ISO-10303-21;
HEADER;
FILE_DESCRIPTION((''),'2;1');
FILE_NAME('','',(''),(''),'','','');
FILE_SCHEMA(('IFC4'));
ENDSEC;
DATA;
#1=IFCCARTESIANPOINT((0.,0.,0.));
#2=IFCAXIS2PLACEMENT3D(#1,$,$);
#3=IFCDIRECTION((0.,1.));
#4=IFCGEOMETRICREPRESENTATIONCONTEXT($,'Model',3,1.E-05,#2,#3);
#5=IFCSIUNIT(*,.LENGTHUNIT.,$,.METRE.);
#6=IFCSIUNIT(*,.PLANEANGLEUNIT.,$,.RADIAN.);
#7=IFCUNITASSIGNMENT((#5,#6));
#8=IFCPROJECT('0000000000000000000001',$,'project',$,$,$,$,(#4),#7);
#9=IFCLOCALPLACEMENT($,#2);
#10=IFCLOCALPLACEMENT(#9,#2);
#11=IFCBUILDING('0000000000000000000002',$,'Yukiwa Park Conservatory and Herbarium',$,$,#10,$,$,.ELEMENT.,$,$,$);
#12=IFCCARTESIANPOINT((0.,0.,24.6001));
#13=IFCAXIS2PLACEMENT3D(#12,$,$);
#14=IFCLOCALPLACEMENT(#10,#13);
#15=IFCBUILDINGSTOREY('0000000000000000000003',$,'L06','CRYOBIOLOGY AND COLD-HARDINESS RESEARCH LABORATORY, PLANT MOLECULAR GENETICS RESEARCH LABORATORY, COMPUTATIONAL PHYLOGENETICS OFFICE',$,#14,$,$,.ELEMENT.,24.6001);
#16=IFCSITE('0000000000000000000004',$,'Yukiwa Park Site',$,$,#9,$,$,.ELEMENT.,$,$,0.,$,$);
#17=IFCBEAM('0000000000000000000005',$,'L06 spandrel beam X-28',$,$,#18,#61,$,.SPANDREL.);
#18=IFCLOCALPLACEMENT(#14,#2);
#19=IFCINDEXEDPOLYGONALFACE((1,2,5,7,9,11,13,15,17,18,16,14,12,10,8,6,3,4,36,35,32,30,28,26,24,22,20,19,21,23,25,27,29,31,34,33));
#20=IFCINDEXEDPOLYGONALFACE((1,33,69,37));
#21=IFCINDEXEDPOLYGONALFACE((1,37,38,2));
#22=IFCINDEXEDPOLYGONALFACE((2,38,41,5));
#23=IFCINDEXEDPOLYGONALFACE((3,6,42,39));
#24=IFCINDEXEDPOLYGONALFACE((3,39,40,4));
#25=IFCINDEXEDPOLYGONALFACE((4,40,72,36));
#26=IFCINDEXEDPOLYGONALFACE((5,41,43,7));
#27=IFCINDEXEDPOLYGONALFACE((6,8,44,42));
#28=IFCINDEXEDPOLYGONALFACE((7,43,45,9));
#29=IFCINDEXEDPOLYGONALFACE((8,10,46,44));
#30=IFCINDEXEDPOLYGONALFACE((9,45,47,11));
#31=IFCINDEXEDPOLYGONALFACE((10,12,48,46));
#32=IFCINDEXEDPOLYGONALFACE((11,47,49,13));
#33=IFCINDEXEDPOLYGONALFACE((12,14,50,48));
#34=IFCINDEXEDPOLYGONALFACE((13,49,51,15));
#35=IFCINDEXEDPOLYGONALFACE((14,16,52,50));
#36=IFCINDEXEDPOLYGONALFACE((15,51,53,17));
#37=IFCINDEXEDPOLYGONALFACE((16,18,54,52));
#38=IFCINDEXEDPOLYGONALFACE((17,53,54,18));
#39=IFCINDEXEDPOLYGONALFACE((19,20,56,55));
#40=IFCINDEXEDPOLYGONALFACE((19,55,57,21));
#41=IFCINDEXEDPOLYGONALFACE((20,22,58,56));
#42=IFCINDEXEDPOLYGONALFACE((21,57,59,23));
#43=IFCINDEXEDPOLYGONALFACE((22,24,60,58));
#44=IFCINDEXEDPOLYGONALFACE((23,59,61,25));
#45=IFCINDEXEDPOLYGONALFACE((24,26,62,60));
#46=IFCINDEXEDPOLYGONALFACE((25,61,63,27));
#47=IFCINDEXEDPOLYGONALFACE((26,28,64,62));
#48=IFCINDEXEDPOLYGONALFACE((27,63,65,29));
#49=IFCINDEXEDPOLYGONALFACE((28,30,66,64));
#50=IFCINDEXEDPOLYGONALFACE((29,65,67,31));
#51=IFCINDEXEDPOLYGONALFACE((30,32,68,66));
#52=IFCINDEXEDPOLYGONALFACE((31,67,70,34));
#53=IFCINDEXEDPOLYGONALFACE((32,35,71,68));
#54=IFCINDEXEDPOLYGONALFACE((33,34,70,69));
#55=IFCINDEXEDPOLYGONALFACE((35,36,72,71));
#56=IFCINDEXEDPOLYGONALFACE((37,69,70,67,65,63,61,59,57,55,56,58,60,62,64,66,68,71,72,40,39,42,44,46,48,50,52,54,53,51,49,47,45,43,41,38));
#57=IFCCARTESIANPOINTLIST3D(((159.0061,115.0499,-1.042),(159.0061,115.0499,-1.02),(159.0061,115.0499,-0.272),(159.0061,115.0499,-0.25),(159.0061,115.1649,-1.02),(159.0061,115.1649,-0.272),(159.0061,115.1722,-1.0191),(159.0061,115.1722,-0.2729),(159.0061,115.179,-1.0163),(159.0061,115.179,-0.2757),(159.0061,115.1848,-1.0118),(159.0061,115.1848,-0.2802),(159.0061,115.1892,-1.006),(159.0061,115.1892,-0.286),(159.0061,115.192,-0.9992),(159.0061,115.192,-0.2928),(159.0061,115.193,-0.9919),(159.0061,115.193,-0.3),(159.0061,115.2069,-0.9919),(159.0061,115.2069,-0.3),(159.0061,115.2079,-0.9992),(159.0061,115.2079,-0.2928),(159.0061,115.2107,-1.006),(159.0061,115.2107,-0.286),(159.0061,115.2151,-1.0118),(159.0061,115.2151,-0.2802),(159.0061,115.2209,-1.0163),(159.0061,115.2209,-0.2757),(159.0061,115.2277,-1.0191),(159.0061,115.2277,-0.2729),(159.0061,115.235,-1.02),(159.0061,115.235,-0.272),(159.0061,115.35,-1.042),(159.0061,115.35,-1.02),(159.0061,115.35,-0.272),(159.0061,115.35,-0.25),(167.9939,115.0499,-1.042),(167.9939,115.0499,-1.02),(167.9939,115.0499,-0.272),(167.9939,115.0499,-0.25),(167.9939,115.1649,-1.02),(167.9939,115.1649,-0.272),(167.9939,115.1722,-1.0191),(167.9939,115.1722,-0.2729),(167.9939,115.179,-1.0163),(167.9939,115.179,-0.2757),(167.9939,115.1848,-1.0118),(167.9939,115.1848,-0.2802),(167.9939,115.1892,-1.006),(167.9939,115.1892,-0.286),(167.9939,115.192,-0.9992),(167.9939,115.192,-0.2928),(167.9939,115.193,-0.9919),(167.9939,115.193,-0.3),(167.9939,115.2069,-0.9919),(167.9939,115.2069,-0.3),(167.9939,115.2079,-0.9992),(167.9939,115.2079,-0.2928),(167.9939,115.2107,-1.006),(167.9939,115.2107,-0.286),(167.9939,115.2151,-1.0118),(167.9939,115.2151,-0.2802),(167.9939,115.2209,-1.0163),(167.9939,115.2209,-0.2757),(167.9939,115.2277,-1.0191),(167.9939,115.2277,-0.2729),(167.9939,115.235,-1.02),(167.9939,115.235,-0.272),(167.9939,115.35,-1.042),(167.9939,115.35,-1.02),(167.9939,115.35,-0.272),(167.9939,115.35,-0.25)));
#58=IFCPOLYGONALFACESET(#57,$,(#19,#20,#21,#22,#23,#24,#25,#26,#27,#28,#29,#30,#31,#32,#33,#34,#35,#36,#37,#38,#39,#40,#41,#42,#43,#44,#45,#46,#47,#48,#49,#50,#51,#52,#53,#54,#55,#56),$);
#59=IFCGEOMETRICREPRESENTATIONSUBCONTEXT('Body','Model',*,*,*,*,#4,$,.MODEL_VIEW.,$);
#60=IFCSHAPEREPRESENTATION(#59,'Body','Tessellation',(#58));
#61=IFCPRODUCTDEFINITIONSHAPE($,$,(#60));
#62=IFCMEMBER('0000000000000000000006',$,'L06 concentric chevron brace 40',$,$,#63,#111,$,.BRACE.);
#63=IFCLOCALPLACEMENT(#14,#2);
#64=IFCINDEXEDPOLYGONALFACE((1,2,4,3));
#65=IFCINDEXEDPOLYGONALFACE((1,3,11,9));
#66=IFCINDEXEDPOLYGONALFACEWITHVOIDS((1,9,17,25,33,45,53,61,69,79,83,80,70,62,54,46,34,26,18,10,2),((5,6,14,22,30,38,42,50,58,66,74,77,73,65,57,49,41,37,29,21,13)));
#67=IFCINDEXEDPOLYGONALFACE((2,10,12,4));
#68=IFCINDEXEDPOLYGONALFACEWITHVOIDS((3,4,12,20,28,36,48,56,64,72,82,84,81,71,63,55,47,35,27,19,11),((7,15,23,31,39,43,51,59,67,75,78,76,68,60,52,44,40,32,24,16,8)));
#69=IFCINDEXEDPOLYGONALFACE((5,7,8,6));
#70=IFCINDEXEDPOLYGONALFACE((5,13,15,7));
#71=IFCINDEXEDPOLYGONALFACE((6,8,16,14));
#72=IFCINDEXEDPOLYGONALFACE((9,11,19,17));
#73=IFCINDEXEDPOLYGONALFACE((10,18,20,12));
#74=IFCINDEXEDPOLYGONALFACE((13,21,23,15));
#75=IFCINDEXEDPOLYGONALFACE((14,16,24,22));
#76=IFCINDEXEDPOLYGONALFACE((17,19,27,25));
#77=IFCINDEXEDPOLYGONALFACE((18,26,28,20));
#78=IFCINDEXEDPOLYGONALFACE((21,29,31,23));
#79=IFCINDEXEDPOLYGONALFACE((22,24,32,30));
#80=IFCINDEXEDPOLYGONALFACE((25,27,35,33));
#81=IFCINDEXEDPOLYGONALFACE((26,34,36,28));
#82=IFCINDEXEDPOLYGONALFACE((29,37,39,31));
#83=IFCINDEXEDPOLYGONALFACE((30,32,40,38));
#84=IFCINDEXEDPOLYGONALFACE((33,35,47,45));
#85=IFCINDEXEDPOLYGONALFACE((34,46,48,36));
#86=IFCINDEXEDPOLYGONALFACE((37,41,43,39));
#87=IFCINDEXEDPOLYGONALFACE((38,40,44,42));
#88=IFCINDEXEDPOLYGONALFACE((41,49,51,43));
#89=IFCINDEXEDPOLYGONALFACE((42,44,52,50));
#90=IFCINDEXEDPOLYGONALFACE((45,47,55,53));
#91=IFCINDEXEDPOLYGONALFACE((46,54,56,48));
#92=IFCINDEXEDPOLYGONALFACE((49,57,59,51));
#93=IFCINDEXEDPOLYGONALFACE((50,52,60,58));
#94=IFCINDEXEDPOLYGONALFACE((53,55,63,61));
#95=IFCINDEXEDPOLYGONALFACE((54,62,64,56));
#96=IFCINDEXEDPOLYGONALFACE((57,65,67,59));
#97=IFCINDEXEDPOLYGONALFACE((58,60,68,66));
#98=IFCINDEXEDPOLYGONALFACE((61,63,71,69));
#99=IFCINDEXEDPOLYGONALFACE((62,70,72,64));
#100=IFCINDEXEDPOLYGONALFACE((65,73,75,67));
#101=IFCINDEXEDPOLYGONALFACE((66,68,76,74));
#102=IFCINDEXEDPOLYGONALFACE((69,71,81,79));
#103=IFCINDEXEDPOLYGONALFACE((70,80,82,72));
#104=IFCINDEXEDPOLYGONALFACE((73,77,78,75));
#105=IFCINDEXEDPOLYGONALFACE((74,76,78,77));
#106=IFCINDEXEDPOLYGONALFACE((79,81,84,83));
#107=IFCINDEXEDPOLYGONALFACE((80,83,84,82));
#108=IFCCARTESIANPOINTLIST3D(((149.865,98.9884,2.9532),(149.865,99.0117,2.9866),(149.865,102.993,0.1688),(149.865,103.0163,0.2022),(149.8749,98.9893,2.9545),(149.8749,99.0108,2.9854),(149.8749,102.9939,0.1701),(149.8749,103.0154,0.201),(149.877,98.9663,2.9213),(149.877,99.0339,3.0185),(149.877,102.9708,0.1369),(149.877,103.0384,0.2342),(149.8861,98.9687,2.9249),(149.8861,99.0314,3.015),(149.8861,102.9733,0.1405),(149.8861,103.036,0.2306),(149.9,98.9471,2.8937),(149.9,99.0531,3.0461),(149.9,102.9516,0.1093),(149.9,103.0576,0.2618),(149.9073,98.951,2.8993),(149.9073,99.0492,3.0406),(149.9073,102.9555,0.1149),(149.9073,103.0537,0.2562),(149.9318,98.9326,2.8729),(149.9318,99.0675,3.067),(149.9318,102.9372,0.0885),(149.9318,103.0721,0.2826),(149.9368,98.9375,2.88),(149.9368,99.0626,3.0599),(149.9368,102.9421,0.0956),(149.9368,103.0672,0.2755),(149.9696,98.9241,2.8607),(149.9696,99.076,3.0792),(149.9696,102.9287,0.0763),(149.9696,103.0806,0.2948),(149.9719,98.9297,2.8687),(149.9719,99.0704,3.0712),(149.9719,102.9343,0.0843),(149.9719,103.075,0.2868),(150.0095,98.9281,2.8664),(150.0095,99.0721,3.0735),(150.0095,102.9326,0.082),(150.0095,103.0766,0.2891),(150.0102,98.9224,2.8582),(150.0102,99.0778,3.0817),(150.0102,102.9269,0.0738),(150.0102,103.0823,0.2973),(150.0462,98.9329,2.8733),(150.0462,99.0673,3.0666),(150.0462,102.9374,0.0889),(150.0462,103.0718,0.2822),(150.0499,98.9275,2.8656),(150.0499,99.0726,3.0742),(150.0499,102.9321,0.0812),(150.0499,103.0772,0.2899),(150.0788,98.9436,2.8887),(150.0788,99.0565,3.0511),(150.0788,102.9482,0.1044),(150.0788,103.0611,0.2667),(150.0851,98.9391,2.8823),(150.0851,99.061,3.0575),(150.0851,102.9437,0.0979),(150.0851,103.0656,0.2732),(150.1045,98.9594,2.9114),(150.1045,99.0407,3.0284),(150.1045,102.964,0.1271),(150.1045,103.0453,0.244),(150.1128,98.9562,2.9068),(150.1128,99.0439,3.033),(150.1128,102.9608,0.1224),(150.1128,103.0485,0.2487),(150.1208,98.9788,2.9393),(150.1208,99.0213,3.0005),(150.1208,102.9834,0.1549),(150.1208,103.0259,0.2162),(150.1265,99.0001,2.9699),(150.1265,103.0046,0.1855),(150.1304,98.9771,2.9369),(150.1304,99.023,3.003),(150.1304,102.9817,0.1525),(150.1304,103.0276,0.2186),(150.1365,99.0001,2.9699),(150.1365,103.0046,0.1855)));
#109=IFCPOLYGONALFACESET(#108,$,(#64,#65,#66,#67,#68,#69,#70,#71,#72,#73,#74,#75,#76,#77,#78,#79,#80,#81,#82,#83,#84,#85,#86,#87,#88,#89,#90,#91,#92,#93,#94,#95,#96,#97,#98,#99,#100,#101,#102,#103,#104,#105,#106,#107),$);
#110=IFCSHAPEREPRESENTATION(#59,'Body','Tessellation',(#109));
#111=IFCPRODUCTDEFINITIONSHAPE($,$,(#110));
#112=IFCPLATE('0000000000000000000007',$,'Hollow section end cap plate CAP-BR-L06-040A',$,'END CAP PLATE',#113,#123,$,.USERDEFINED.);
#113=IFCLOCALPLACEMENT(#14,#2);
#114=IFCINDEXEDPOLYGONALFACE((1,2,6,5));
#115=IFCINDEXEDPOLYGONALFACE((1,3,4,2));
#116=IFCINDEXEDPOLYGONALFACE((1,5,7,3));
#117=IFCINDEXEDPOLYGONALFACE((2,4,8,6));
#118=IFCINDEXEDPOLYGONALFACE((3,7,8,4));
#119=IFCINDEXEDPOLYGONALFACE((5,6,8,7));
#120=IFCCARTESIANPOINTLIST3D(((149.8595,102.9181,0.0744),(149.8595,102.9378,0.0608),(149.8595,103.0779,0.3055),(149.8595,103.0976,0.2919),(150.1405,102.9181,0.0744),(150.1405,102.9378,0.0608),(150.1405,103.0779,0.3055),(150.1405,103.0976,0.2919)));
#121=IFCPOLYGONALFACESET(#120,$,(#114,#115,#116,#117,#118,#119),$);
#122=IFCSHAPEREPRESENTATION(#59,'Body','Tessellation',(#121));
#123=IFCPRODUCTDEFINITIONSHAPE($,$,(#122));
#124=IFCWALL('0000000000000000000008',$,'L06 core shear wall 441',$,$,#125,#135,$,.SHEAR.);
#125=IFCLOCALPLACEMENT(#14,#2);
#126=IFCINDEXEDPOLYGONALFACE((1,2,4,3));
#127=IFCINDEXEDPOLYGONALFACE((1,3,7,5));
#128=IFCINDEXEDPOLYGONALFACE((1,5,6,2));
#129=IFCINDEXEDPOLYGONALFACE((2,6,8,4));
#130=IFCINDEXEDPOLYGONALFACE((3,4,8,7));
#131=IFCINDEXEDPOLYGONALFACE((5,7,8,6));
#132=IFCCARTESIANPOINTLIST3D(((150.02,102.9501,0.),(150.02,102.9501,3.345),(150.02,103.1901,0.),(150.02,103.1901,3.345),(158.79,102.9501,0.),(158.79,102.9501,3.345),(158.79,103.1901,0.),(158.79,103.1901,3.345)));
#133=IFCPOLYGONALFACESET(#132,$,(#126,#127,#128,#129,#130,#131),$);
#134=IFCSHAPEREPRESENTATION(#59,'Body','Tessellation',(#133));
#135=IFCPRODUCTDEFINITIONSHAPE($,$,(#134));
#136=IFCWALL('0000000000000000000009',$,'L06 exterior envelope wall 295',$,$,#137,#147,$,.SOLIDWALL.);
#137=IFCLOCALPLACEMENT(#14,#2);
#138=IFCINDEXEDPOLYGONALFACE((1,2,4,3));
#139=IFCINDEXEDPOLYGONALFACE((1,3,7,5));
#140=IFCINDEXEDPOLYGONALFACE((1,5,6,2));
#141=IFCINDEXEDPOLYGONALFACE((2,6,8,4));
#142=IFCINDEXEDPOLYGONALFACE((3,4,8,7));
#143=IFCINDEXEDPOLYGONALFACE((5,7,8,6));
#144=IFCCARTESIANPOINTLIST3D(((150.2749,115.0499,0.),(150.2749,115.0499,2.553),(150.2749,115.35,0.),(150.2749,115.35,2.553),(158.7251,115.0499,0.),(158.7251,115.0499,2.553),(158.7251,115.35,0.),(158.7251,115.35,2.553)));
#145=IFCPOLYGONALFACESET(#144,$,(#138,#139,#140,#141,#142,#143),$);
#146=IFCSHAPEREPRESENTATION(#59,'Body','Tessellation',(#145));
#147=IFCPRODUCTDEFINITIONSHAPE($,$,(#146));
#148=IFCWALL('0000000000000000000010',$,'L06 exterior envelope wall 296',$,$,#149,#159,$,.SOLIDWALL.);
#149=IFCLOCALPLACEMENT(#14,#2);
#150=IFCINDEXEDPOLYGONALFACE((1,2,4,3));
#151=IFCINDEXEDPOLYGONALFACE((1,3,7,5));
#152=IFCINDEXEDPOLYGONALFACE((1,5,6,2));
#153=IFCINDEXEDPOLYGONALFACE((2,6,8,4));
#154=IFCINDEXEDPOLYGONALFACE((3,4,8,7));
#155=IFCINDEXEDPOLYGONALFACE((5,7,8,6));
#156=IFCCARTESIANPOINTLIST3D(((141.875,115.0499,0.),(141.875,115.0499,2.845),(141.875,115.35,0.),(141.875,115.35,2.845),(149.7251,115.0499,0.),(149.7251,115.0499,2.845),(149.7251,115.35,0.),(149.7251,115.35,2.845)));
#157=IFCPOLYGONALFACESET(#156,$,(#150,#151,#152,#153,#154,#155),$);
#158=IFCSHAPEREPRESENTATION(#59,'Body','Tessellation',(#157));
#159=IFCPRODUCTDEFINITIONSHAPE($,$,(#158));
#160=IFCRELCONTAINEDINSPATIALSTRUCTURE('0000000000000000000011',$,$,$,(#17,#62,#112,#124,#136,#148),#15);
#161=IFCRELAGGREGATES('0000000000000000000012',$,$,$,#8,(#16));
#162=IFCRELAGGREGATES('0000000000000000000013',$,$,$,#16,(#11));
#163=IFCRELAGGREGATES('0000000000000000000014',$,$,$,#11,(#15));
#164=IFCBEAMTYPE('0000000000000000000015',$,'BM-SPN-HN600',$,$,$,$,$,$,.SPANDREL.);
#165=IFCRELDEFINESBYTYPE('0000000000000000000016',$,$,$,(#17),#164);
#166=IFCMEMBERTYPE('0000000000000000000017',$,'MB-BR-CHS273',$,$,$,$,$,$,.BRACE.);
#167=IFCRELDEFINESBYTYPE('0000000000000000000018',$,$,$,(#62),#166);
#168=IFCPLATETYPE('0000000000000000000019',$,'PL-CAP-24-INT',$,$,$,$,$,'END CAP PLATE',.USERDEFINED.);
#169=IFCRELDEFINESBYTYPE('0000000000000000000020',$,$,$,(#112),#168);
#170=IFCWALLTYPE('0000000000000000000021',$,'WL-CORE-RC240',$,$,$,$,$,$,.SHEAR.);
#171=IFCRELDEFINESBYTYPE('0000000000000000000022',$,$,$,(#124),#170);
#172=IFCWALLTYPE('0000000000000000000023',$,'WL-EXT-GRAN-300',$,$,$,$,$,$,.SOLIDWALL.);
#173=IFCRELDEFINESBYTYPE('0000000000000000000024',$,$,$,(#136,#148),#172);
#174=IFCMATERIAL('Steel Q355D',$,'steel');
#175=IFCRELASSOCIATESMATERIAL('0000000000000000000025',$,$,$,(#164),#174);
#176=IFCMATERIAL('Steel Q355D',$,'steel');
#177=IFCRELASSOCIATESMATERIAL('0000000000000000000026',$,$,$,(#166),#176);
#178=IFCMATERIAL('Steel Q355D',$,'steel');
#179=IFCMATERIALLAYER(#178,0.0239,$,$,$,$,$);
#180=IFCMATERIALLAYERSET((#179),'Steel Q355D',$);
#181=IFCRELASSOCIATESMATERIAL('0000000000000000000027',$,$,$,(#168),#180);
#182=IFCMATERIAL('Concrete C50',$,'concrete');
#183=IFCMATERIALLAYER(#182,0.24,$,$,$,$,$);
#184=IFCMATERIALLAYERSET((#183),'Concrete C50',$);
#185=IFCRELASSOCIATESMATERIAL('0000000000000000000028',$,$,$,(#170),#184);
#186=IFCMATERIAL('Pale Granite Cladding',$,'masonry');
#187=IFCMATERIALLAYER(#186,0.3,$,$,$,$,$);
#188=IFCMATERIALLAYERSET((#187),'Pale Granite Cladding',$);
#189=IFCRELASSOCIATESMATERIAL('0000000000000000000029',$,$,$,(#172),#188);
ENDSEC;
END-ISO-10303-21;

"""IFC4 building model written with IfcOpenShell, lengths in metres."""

from ifc_helpers import new_model, si_unit, direction, frame, frame_2d, origin, origin_2d, place, context, subcontext, project, spatial, rectangle, hollow_circle, i_section, extrude, material, layer, layer_set, material_profile, profile_set, type_object, element, save


model = new_model("IFC4")

# Units and contexts
model_context = context("Model", 3, precision=1e-05, world=origin(), true_north=direction((0.0, 1.0)))
body_context = subcontext(model_context, "Body", "Model", "MODEL_VIEW")
ifc_project = project(units=[si_unit("LENGTHUNIT", "METRE"), si_unit("PLANEANGLEUNIT", "RADIAN")], contexts=[model_context])

# Site, building, storey
site_placement = place(None, origin())
site = spatial("IfcSite", under=ifc_project, at=site_placement, Name="Yukiwa Park Site", CompositionType="ELEMENT", RefElevation=0.0)
building_placement = place(site_placement, origin())
building = spatial("IfcBuilding", under=site, at=building_placement, Name="Yukiwa Park Conservatory and Herbarium", CompositionType="ELEMENT")
storey_placement = place(building_placement, frame((0.0, 0.0, 24.6001)))
storey = spatial("IfcBuildingStorey", under=building, at=storey_placement, Name="L06", Description="CRYOBIOLOGY AND COLD-HARDINESS RESEARCH LABORATORY, PLANT MOLECULAR GENETICS RESEARCH LABORATORY, COMPUTATIONAL PHYLOGENETICS OFFICE", CompositionType="ELEMENT", Elevation=24.6001)

# Beam
ifc_material_1 = material(Name="Steel Q355D", Category="steel")
ifc_material_profile_1 = material_profile(ifc_material_1, i_section(OverallWidth=0.3, OverallDepth=0.792, WebThickness=0.0139, FlangeThickness=0.022, FilletRadius=0.0281, at=origin_2d()), Name="HN 792x300x14x22")
ifc_profile_set_1 = profile_set([ifc_material_profile_1], Name="Steel Q355D")
beam_type_1 = type_object("IfcBeamType", Name="BM-SPN-HN600", PredefinedType="SPANDREL", material=ifc_profile_set_1)
for number, where, z_axis, x_axis, name in (
    (1, (159.0061, 115.2, -0.646), (1.0, 0.0, 0.0), (0.0, 1.0, 0.0), "L06 spandrel beam X-28"),
):
    element("IfcBeam", number, at=place(storey_placement, frame(where, z_axis=z_axis, x_axis=x_axis)), inside=storey, type_object=beam_type_1, Name=name, PredefinedType="SPANDREL", context=body_context, shape_type="SweptSolid", body=[
        extrude(i_section(OverallWidth=0.3, OverallDepth=0.792, WebThickness=0.0139, FlangeThickness=0.022, FilletRadius=0.0281, at=origin_2d()), origin(), (0.0, 0.0, 1.0), 8.9878),
    ])

# Member
ifc_material_2 = material(Name="Steel Q355D", Category="steel")
ifc_material_profile_2 = material_profile(ifc_material_2, hollow_circle(Radius=0.1365, WallThickness=0.01, at=origin_2d()), Name="CHS 273x10")
ifc_profile_set_2 = profile_set([ifc_material_profile_2], Name="Steel Q355D")
member_type = type_object("IfcMemberType", Name="MB-BR-CHS273", PredefinedType="BRACE", material=ifc_profile_set_2)
member_placement = place(storey_placement, frame((150.0, 103.0046, 0.1855), z_axis=(0.0, -0.821041, 0.570869), x_axis=(1.0, 0.0, 0.0)))
element("IfcMember", 2, at=member_placement, inside=storey, type_object=member_type, Name="L06 concentric chevron brace 40", PredefinedType="BRACE", context=body_context, shape_type="SweptSolid", body=[
    extrude(hollow_circle(Radius=0.1365, WallThickness=0.01, at=origin_2d()), origin(), (0.0, 0.0, 1.0), 4.8774),
])

# Plate
ifc_material_3 = material(Name="Steel Q355D", Category="steel")
ifc_layer_1 = layer(ifc_material_3, 0.0239)
ifc_layer_set_1 = layer_set([ifc_layer_1], Name="Steel Q355D")
plate_type = type_object("IfcPlateType", Name="PL-CAP-24-INT", ElementType="END CAP PLATE", PredefinedType="USERDEFINED", material=ifc_layer_set_1)
plate_placement = place(storey_placement, frame((150.0, 102.998, 0.1899), z_axis=(0.0, 0.822558, -0.568682), x_axis=(-1.0, 0.0, 0.0)))
element("IfcPlate", 3, at=plate_placement, inside=storey, type_object=plate_type, Name="Hollow section end cap plate CAP-BR-L06-040A", ObjectType="END CAP PLATE", PredefinedType="USERDEFINED", context=body_context, shape_type="SweptSolid", body=[
    extrude(rectangle(XDim=0.281, YDim=0.281, at=origin_2d()), origin(), (0.0, 0.0, 1.0), 0.0239),
])

# Walls
ifc_material_4 = material(Name="Concrete C50", Category="concrete")
ifc_layer_2 = layer(ifc_material_4, 0.24)
ifc_layer_set_2 = layer_set([ifc_layer_2], Name="Concrete C50")
wall_type_1 = type_object("IfcWallType", Name="WL-CORE-RC240", PredefinedType="SHEAR", material=ifc_layer_set_2)
wall_1_placement = place(storey_placement, frame((150.02, 103.0701, 0.0), z_axis=(0.0, 0.0, 1.0), x_axis=(1.0, 0.0, 0.0)))
element("IfcWall", 4, at=wall_1_placement, inside=storey, type_object=wall_type_1, Name="L06 core shear wall 441", PredefinedType="SHEAR", context=body_context, shape_type="SweptSolid", body=[
    extrude(rectangle(XDim=8.77, YDim=0.24, at=frame_2d((4.385, 0.0))), origin(), (0.0, 0.0, 1.0), 3.345),
])
ifc_material_5 = material(Name="Pale Granite Cladding", Category="masonry")
ifc_layer_3 = layer(ifc_material_5, 0.3)
ifc_layer_set_3 = layer_set([ifc_layer_3], Name="Pale Granite Cladding")
wall_type_2 = type_object("IfcWallType", Name="WL-EXT-GRAN-300", PredefinedType="SOLIDWALL", material=ifc_layer_set_3)
wall_2_placement = place(storey_placement, frame((158.7251, 115.2, 0.0), z_axis=(0.0, 0.0, 1.0), x_axis=(-1.0, 0.0, 0.0)))
element("IfcWall", 5, at=wall_2_placement, inside=storey, type_object=wall_type_2, Name="L06 exterior envelope wall 295", PredefinedType="SOLIDWALL", context=body_context, shape_type="SweptSolid", body=[
    extrude(rectangle(XDim=8.4502, YDim=0.3, at=frame_2d((4.2251, 0.0))), origin(), (0.0, 0.0, 1.0), 2.553),
])
wall_3_placement = place(storey_placement, frame((149.7251, 115.2, 0.0), z_axis=(0.0, 0.0, 1.0), x_axis=(-1.0, 0.0, 0.0)))
element("IfcWall", 6, at=wall_3_placement, inside=storey, type_object=wall_type_2, Name="L06 exterior envelope wall 296", PredefinedType="SOLIDWALL", context=body_context, shape_type="SweptSolid", body=[
    extrude(rectangle(XDim=7.8501, YDim=0.3, at=frame_2d((3.925, 0.0))), origin(), (0.0, 0.0, 1.0), 2.845),
])

save(model, "model.ifc")
